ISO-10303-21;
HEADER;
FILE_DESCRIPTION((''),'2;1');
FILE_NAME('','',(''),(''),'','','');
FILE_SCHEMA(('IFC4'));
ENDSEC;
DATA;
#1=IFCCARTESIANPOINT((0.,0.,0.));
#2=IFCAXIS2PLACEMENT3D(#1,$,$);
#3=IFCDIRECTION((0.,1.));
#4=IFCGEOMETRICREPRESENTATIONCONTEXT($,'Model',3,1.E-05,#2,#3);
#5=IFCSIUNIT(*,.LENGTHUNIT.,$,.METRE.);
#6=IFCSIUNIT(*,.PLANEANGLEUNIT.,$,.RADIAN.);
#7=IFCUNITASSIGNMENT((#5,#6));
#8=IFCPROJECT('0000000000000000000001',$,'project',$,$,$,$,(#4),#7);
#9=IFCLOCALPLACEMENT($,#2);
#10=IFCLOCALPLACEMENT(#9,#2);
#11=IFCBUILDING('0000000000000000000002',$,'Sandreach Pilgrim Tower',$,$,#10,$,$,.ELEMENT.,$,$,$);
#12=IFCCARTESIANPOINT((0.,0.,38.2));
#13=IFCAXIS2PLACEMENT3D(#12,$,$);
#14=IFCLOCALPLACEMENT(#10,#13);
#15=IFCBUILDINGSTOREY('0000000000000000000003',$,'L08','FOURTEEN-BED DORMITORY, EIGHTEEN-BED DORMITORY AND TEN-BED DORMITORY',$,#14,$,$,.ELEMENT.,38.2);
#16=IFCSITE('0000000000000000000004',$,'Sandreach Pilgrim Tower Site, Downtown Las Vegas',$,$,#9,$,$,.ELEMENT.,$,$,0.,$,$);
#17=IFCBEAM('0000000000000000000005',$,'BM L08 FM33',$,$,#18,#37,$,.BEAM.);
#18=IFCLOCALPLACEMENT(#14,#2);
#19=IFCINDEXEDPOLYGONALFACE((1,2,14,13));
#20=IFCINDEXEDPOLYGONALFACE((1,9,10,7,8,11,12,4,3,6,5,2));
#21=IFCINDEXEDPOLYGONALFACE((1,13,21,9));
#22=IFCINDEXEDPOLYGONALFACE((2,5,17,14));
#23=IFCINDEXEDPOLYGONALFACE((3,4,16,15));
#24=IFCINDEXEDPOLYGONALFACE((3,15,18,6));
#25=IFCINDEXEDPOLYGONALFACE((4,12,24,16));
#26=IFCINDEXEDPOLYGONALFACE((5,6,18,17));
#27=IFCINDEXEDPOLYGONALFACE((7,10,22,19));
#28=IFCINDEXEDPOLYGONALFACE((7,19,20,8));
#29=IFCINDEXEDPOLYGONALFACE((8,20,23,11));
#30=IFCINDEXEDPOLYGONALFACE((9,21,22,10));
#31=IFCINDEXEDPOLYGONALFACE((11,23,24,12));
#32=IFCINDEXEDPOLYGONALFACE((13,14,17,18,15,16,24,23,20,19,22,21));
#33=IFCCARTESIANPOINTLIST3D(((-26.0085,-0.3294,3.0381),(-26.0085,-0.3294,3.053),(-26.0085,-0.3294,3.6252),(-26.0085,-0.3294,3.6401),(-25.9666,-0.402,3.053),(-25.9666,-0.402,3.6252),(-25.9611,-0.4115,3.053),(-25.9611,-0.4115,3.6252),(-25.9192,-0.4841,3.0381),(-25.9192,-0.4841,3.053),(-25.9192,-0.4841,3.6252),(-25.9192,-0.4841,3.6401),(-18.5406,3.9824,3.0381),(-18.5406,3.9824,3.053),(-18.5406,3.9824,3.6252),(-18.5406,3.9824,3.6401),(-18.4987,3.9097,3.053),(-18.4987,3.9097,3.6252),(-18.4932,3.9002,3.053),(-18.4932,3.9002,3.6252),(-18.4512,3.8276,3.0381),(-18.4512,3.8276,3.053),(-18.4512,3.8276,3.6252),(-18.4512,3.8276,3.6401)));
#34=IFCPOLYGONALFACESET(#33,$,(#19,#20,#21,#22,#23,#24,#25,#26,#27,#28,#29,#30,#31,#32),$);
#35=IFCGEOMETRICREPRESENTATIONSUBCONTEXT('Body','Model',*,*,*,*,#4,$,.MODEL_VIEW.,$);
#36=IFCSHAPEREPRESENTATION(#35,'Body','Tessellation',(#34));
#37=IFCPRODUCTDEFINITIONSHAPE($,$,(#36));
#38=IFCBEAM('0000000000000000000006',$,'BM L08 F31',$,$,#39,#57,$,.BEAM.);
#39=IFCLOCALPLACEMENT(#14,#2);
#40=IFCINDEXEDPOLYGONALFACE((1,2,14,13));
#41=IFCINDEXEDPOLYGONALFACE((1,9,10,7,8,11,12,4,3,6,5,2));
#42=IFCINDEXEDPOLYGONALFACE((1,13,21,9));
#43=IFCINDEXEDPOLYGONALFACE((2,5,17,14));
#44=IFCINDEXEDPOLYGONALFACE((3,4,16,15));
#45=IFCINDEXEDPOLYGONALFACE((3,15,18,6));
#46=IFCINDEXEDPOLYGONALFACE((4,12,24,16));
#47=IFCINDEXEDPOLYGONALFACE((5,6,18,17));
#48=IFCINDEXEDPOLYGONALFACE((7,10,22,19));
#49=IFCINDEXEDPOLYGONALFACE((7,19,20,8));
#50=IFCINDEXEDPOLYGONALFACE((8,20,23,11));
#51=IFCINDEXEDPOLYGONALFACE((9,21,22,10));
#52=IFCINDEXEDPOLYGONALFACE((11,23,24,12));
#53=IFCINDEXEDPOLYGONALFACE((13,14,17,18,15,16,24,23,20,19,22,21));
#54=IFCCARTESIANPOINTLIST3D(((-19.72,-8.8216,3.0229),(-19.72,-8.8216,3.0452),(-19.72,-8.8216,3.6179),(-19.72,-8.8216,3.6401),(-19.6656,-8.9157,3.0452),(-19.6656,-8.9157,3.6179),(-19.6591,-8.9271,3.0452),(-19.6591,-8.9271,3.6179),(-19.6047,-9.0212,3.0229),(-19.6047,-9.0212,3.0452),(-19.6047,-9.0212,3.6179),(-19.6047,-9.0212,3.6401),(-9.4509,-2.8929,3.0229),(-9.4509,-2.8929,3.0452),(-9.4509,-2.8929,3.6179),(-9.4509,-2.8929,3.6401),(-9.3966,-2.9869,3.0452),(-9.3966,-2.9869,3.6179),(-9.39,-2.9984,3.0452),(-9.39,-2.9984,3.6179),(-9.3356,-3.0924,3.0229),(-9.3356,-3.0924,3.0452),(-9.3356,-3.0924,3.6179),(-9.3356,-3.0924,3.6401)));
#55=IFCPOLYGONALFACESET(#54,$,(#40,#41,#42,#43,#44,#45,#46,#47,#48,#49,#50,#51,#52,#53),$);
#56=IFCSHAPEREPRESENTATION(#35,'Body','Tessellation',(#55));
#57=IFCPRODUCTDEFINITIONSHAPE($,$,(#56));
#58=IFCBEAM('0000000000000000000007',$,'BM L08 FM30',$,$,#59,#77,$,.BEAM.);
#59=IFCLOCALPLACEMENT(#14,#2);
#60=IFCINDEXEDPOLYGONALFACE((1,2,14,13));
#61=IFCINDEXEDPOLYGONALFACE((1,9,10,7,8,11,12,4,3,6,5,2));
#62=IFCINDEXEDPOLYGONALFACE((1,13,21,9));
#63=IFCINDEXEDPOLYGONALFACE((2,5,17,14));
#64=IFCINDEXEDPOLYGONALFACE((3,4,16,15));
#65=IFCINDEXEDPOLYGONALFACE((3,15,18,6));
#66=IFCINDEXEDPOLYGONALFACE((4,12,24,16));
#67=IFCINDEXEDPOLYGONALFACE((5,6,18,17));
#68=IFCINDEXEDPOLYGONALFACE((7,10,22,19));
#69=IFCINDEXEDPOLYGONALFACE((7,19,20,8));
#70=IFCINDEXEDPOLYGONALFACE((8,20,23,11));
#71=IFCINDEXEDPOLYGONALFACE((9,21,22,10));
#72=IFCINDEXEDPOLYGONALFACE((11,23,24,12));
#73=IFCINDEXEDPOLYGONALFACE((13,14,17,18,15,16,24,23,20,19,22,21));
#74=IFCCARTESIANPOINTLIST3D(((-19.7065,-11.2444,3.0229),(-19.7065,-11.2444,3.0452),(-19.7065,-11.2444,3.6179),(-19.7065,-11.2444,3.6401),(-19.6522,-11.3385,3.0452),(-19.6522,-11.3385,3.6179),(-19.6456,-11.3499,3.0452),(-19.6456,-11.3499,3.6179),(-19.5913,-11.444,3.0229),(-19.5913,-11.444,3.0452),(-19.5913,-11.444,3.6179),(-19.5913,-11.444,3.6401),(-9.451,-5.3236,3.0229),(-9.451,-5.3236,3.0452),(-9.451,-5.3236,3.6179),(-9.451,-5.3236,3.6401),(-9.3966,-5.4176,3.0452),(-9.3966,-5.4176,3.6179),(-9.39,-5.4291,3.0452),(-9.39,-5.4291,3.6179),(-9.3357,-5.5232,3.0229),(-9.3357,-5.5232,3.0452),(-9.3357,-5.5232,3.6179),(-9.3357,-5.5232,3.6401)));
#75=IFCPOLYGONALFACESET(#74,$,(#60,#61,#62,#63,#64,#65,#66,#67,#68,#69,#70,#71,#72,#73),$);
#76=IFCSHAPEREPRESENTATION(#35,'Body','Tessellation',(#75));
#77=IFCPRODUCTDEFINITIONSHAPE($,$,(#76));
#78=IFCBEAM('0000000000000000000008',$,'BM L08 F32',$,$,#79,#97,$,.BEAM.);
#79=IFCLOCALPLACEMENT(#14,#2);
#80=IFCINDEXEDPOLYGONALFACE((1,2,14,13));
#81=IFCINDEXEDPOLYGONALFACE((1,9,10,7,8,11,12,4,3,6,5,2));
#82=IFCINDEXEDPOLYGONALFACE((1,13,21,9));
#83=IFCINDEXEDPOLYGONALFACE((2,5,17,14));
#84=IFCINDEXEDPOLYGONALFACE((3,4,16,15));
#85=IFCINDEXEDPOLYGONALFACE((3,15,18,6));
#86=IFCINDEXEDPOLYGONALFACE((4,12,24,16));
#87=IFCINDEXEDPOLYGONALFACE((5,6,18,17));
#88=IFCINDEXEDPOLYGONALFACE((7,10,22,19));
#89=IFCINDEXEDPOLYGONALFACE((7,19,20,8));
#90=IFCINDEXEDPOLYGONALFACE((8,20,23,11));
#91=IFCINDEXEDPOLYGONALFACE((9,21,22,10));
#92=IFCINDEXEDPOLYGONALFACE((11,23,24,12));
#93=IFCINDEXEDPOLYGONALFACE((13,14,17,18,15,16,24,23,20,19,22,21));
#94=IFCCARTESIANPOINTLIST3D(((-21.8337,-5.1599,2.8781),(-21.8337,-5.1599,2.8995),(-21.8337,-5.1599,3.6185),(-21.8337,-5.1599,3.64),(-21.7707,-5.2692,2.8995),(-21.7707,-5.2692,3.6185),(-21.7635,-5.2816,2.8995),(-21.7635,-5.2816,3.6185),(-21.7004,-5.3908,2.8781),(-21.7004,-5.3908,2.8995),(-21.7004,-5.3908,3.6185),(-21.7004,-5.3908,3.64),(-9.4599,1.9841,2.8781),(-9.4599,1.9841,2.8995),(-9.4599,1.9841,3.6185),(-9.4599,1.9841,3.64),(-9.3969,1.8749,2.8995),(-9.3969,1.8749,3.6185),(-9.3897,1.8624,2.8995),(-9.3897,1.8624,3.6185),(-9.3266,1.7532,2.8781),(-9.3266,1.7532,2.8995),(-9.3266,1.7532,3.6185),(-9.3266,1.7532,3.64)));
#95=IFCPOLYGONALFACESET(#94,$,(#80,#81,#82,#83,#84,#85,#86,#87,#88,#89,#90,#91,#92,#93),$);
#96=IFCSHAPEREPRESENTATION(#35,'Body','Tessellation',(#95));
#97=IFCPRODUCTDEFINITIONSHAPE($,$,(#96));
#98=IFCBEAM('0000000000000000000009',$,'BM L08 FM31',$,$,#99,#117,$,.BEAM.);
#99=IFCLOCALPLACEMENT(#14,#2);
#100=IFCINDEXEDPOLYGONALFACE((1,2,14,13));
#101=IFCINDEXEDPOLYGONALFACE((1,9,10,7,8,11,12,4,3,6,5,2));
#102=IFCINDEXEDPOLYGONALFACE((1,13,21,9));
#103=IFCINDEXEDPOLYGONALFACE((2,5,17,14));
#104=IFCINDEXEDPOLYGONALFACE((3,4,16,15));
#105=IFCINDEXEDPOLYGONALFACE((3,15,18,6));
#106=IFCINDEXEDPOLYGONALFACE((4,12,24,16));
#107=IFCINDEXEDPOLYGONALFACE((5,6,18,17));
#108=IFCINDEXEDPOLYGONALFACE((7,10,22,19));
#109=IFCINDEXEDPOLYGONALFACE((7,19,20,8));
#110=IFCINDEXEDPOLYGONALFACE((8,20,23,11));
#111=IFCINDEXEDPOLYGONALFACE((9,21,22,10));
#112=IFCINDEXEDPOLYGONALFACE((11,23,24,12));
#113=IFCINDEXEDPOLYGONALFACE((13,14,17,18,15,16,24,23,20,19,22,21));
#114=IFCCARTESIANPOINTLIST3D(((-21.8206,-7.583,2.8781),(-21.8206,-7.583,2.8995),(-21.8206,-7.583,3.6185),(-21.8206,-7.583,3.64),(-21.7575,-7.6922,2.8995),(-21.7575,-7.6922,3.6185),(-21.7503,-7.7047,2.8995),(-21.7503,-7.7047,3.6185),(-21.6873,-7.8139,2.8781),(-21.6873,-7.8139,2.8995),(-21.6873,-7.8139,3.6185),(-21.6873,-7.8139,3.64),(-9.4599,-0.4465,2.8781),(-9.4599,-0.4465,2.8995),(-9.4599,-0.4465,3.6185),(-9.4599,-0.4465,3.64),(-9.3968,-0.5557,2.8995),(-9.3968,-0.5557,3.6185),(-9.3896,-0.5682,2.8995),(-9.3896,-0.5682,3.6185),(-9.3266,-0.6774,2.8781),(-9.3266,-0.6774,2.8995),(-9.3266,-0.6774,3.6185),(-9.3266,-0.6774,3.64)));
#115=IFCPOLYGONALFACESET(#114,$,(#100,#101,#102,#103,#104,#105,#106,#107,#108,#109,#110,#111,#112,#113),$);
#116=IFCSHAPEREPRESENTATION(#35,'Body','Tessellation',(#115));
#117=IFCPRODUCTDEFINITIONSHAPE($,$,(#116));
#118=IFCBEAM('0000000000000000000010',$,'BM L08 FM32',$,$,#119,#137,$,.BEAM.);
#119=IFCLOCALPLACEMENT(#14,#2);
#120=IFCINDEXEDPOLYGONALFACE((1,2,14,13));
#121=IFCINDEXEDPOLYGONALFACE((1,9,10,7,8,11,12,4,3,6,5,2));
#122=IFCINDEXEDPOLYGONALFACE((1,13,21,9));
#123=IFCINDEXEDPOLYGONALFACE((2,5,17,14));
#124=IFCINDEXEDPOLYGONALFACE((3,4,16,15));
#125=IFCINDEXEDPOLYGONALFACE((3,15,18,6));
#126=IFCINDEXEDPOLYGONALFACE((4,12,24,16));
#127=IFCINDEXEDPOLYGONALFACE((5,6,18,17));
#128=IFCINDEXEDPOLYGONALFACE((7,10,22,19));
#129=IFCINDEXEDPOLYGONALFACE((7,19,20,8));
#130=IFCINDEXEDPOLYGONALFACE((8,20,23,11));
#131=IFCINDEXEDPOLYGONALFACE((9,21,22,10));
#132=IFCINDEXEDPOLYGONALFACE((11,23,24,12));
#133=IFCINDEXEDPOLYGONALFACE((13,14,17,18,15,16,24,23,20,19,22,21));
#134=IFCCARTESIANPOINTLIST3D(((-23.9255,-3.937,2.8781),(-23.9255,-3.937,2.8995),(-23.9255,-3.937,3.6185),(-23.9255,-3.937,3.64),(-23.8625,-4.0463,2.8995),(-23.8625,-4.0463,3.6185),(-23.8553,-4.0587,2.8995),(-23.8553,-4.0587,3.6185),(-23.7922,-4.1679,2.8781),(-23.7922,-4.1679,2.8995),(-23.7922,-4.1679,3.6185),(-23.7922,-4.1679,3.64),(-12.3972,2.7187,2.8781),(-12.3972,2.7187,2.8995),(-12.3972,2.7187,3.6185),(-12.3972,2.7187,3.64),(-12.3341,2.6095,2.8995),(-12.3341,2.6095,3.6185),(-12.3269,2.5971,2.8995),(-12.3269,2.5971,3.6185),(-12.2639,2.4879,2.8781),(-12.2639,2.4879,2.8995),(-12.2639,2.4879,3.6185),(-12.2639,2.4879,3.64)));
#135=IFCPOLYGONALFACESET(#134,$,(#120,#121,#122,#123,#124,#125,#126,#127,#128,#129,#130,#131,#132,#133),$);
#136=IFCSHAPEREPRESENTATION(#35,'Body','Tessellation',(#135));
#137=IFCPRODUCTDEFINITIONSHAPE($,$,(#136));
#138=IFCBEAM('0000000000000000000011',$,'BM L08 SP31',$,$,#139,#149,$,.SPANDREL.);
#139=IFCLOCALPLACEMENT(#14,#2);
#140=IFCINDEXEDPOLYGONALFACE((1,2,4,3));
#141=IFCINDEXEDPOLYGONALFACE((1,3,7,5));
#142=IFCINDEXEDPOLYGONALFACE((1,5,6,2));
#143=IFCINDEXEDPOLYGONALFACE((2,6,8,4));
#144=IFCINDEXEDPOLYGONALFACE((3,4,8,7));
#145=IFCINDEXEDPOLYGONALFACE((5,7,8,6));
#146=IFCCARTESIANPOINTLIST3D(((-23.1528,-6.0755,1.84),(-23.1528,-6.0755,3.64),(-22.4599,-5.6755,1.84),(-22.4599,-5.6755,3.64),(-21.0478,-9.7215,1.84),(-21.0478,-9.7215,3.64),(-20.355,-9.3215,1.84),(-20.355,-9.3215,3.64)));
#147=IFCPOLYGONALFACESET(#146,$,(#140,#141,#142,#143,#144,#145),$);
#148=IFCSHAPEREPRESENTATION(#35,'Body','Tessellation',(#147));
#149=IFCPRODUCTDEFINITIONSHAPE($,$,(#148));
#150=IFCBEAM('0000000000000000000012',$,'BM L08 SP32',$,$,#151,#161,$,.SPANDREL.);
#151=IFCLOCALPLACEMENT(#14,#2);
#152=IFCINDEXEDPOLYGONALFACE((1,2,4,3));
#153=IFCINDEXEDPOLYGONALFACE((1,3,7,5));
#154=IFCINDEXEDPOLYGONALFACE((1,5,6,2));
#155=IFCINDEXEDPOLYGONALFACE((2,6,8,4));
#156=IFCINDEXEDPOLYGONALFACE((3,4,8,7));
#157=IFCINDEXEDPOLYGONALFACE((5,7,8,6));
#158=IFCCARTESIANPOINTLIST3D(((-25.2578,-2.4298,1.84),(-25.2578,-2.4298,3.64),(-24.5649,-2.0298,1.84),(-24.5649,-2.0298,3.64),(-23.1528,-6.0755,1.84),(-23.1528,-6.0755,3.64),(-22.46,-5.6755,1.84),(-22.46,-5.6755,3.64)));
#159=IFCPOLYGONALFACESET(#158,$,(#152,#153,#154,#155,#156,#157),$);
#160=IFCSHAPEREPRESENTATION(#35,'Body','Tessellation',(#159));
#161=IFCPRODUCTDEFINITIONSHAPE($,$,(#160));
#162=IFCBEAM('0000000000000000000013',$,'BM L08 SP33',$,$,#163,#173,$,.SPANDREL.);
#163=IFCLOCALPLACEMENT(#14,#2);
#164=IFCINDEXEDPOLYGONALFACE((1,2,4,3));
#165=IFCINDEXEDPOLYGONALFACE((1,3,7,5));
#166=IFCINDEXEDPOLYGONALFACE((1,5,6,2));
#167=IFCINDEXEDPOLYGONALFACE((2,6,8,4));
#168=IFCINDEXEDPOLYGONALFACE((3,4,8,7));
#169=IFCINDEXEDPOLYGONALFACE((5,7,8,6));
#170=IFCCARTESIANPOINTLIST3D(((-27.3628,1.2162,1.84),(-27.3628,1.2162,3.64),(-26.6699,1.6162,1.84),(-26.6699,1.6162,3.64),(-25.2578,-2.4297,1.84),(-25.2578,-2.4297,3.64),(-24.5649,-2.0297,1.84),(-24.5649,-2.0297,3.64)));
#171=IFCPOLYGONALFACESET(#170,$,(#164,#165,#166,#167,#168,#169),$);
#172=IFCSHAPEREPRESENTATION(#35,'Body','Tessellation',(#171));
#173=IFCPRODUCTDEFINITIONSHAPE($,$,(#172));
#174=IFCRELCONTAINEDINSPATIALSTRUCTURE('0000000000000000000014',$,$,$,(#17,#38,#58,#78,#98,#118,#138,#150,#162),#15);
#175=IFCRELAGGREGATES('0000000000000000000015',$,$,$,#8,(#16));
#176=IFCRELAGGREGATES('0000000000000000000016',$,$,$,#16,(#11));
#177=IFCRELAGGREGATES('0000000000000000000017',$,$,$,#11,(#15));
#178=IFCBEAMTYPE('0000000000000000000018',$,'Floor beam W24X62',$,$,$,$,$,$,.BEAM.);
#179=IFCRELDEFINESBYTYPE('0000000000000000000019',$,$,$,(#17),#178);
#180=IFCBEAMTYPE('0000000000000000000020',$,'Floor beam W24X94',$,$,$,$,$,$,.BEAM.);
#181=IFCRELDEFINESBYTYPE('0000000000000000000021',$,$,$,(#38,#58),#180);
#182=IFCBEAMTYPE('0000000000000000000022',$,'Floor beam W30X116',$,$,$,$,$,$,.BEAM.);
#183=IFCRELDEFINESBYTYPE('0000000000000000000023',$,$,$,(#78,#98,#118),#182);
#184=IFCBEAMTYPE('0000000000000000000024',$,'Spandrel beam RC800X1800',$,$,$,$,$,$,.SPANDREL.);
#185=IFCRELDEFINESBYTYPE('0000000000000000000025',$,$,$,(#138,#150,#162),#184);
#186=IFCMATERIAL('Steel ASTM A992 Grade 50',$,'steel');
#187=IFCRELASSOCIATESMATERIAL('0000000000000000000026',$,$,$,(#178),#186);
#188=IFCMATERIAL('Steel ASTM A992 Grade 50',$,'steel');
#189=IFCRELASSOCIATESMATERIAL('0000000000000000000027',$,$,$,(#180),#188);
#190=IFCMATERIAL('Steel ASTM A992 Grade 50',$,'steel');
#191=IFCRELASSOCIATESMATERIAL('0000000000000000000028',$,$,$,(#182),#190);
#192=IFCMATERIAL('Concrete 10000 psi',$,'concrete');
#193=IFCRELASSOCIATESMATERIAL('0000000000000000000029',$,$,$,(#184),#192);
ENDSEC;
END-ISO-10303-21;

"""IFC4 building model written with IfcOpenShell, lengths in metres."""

from ifc_helpers import new_model, si_unit, direction, frame, origin, origin_2d, place, context, subcontext, project, spatial, rectangle, i_section, extrude, material, material_profile, profile_set, type_object, element, save


model = new_model("IFC4")

# Units and contexts
model_context = context("Model", 3, precision=1e-05, world=origin(), true_north=direction((0.0, 1.0)))
body_context = subcontext(model_context, "Body", "Model", "MODEL_VIEW")
ifc_project = project(units=[si_unit("LENGTHUNIT", "METRE"), si_unit("PLANEANGLEUNIT", "RADIAN")], contexts=[model_context])

# Site, building, storey
site_placement = place(None, origin())
site = spatial("IfcSite", under=ifc_project, at=site_placement, Name="Sandreach Pilgrim Tower Site, Downtown Las Vegas", CompositionType="ELEMENT", RefElevation=0.0)
building_placement = place(site_placement, origin())
building = spatial("IfcBuilding", under=site, at=building_placement, Name="Sandreach Pilgrim Tower", CompositionType="ELEMENT")
storey_placement = place(building_placement, frame((0.0, 0.0, 38.2)))
storey = spatial("IfcBuildingStorey", under=building, at=storey_placement, Name="L08", Description="FOURTEEN-BED DORMITORY, EIGHTEEN-BED DORMITORY AND TEN-BED DORMITORY", CompositionType="ELEMENT", Elevation=38.2)

# Beams
ifc_material_1 = material(Name="Steel ASTM A992 Grade 50", Category="steel")
ifc_material_profile_1 = material_profile(ifc_material_1, i_section(OverallWidth=0.1787, OverallDepth=0.6021, WebThickness=0.011, FlangeThickness=0.0149, at=origin_2d()), Name="W24X62")
ifc_profile_set_1 = profile_set([ifc_material_profile_1], Name="Steel ASTM A992 Grade 50")
beam_type_1 = type_object("IfcBeamType", Name="Floor beam W24X62", PredefinedType="BEAM", material=ifc_profile_set_1)
beam_1_placement = place(storey_placement, frame((-25.9639, -0.4067, 3.3391), z_axis=(0.86602, 0.500009, 0.0), x_axis=(-0.500009, 0.86602, 0.0)))
element("IfcBeam", 1, at=beam_1_placement, inside=storey, type_object=beam_type_1, Name="BM L08 FM33", PredefinedType="BEAM", context=body_context, shape_type="SweptSolid", body=[
    extrude(i_section(OverallWidth=0.1787, OverallDepth=0.6021, WebThickness=0.011, FlangeThickness=0.0149, at=origin_2d()), origin(), (0.0, 0.0, 1.0), 8.6233),
])
ifc_material_2 = material(Name="Steel ASTM A992 Grade 50", Category="steel")
ifc_material_profile_2 = material_profile(ifc_material_2, i_section(OverallWidth=0.2305, OverallDepth=0.6172, WebThickness=0.0132, FlangeThickness=0.0222, at=origin_2d()), Name="W24X94")
ifc_profile_set_2 = profile_set([ifc_material_profile_2], Name="Steel ASTM A992 Grade 50")
beam_type_2 = type_object("IfcBeamType", Name="Floor beam W24X94", PredefinedType="BEAM", material=ifc_profile_set_2)
beam_2_placement = place(storey_placement, frame((-19.6624, -8.9214, 3.3315), z_axis=(0.86603, 0.499992, 0.0), x_axis=(-0.499992, 0.86603, 0.0)))
element("IfcBeam", 2, at=beam_2_placement, inside=storey, type_object=beam_type_2, Name="BM L08 F31", PredefinedType="BEAM", context=body_context, shape_type="SweptSolid", body=[
    extrude(i_section(OverallWidth=0.2305, OverallDepth=0.6172, WebThickness=0.0132, FlangeThickness=0.0222, at=origin_2d()), origin(), (0.0, 0.0, 1.0), 11.8577),
])
beam_3_placement = place(storey_placement, frame((-19.6489, -11.3442, 3.3315), z_axis=(0.866032, 0.499988, 0.0), x_axis=(-0.499988, 0.866032, 0.0)))
element("IfcBeam", 3, at=beam_3_placement, inside=storey, type_object=beam_type_2, Name="BM L08 FM30", PredefinedType="BEAM", context=body_context, shape_type="SweptSolid", body=[
    extrude(i_section(OverallWidth=0.2305, OverallDepth=0.6172, WebThickness=0.0132, FlangeThickness=0.0222, at=origin_2d()), origin(), (0.0, 0.0, 1.0), 11.842),
])
ifc_material_3 = material(Name="Steel ASTM A992 Grade 50", Category="steel")
ifc_material_profile_3 = material_profile(ifc_material_3, i_section(OverallWidth=0.2666, OverallDepth=0.762, WebThickness=0.0144, FlangeThickness=0.0215, at=origin_2d()), Name="W30X116")
ifc_profile_set_3 = profile_set([ifc_material_profile_3], Name="Steel ASTM A992 Grade 50")
beam_type_3 = type_object("IfcBeamType", Name="Floor beam W30X116", PredefinedType="BEAM", material=ifc_profile_set_3)
beam_4_placement = place(storey_placement, frame((-21.7671, -5.2754, 3.259), z_axis=(0.866024, 0.500002, 0.0), x_axis=(-0.500002, 0.866024, 0.0)))
element("IfcBeam", 4, at=beam_4_placement, inside=storey, type_object=beam_type_3, Name="BM L08 F32", PredefinedType="BEAM", context=body_context, shape_type="SweptSolid", body=[
    extrude(i_section(OverallWidth=0.2666, OverallDepth=0.762, WebThickness=0.0144, FlangeThickness=0.0215, at=origin_2d()), origin(), (0.0, 0.0, 1.0), 14.2881),
])
beam_5_placement = place(storey_placement, frame((-21.7539, -7.6985, 3.259), z_axis=(0.866023, 0.500004, 0.0), x_axis=(-0.500004, 0.866023, 0.0)))
element("IfcBeam", 5, at=beam_5_placement, inside=storey, type_object=beam_type_3, Name="BM L08 FM31", PredefinedType="BEAM", context=body_context, shape_type="SweptSolid", body=[
    extrude(i_section(OverallWidth=0.2666, OverallDepth=0.762, WebThickness=0.0144, FlangeThickness=0.0215, at=origin_2d()), origin(), (0.0, 0.0, 1.0), 14.2729),
])
beam_6_placement = place(storey_placement, frame((-23.8589, -4.0525, 3.259), z_axis=(0.866029, 0.499993, 0.0), x_axis=(-0.499993, 0.866029, 0.0)))
element("IfcBeam", 6, at=beam_6_placement, inside=storey, type_object=beam_type_3, Name="BM L08 FM32", PredefinedType="BEAM", context=body_context, shape_type="SweptSolid", body=[
    extrude(i_section(OverallWidth=0.2666, OverallDepth=0.762, WebThickness=0.0144, FlangeThickness=0.0215, at=origin_2d()), origin(), (0.0, 0.0, 1.0), 13.3118),
])
ifc_material_4 = material(Name="Concrete 10000 psi", Category="concrete")
ifc_material_profile_4 = material_profile(ifc_material_4, rectangle(XDim=0.8, YDim=1.8, at=origin_2d()), Name="RC800X1800")
ifc_profile_set_4 = profile_set([ifc_material_profile_4], Name="Concrete 10000 psi")
beam_type_4 = type_object("IfcBeamType", Name="Spandrel beam RC800X1800", PredefinedType="SPANDREL", material=ifc_profile_set_4)
beam_7_placement = place(storey_placement, frame((-20.7014, -9.5215, 2.74), z_axis=(-0.499994, 0.866029, 0.0), x_axis=(-0.866029, -0.499994, 0.0)))
element("IfcBeam", 7, at=beam_7_placement, inside=storey, type_object=beam_type_4, Name="BM L08 SP31", PredefinedType="SPANDREL", context=body_context, shape_type="SweptSolid", body=[
    extrude(rectangle(XDim=0.8, YDim=1.8, at=origin_2d()), origin(), (0.0, 0.0, 1.0), 4.21),
])
beam_8_placement = place(storey_placement, frame((-22.8064, -5.8755, 2.74), z_axis=(-0.500019, 0.866015, 0.0), x_axis=(-0.866015, -0.500019, 0.0)))
element("IfcBeam", 8, at=beam_8_placement, inside=storey, type_object=beam_type_4, Name="BM L08 SP32", PredefinedType="SPANDREL", context=body_context, shape_type="SweptSolid", body=[
    extrude(rectangle(XDim=0.8, YDim=1.8, at=origin_2d()), origin(), (0.0, 0.0, 1.0), 4.2097),
])
beam_9_placement = place(storey_placement, frame((-24.9114, -2.2297, 2.74), z_axis=(-0.499994, 0.866029, 0.0), x_axis=(-0.866029, -0.499994, 0.0)))
element("IfcBeam", 9, at=beam_9_placement, inside=storey, type_object=beam_type_4, Name="BM L08 SP33", PredefinedType="SPANDREL", context=body_context, shape_type="SweptSolid", body=[
    extrude(rectangle(XDim=0.8, YDim=1.8, at=origin_2d()), origin(), (0.0, 0.0, 1.0), 4.21),
])

save(model, "model.ifc")
